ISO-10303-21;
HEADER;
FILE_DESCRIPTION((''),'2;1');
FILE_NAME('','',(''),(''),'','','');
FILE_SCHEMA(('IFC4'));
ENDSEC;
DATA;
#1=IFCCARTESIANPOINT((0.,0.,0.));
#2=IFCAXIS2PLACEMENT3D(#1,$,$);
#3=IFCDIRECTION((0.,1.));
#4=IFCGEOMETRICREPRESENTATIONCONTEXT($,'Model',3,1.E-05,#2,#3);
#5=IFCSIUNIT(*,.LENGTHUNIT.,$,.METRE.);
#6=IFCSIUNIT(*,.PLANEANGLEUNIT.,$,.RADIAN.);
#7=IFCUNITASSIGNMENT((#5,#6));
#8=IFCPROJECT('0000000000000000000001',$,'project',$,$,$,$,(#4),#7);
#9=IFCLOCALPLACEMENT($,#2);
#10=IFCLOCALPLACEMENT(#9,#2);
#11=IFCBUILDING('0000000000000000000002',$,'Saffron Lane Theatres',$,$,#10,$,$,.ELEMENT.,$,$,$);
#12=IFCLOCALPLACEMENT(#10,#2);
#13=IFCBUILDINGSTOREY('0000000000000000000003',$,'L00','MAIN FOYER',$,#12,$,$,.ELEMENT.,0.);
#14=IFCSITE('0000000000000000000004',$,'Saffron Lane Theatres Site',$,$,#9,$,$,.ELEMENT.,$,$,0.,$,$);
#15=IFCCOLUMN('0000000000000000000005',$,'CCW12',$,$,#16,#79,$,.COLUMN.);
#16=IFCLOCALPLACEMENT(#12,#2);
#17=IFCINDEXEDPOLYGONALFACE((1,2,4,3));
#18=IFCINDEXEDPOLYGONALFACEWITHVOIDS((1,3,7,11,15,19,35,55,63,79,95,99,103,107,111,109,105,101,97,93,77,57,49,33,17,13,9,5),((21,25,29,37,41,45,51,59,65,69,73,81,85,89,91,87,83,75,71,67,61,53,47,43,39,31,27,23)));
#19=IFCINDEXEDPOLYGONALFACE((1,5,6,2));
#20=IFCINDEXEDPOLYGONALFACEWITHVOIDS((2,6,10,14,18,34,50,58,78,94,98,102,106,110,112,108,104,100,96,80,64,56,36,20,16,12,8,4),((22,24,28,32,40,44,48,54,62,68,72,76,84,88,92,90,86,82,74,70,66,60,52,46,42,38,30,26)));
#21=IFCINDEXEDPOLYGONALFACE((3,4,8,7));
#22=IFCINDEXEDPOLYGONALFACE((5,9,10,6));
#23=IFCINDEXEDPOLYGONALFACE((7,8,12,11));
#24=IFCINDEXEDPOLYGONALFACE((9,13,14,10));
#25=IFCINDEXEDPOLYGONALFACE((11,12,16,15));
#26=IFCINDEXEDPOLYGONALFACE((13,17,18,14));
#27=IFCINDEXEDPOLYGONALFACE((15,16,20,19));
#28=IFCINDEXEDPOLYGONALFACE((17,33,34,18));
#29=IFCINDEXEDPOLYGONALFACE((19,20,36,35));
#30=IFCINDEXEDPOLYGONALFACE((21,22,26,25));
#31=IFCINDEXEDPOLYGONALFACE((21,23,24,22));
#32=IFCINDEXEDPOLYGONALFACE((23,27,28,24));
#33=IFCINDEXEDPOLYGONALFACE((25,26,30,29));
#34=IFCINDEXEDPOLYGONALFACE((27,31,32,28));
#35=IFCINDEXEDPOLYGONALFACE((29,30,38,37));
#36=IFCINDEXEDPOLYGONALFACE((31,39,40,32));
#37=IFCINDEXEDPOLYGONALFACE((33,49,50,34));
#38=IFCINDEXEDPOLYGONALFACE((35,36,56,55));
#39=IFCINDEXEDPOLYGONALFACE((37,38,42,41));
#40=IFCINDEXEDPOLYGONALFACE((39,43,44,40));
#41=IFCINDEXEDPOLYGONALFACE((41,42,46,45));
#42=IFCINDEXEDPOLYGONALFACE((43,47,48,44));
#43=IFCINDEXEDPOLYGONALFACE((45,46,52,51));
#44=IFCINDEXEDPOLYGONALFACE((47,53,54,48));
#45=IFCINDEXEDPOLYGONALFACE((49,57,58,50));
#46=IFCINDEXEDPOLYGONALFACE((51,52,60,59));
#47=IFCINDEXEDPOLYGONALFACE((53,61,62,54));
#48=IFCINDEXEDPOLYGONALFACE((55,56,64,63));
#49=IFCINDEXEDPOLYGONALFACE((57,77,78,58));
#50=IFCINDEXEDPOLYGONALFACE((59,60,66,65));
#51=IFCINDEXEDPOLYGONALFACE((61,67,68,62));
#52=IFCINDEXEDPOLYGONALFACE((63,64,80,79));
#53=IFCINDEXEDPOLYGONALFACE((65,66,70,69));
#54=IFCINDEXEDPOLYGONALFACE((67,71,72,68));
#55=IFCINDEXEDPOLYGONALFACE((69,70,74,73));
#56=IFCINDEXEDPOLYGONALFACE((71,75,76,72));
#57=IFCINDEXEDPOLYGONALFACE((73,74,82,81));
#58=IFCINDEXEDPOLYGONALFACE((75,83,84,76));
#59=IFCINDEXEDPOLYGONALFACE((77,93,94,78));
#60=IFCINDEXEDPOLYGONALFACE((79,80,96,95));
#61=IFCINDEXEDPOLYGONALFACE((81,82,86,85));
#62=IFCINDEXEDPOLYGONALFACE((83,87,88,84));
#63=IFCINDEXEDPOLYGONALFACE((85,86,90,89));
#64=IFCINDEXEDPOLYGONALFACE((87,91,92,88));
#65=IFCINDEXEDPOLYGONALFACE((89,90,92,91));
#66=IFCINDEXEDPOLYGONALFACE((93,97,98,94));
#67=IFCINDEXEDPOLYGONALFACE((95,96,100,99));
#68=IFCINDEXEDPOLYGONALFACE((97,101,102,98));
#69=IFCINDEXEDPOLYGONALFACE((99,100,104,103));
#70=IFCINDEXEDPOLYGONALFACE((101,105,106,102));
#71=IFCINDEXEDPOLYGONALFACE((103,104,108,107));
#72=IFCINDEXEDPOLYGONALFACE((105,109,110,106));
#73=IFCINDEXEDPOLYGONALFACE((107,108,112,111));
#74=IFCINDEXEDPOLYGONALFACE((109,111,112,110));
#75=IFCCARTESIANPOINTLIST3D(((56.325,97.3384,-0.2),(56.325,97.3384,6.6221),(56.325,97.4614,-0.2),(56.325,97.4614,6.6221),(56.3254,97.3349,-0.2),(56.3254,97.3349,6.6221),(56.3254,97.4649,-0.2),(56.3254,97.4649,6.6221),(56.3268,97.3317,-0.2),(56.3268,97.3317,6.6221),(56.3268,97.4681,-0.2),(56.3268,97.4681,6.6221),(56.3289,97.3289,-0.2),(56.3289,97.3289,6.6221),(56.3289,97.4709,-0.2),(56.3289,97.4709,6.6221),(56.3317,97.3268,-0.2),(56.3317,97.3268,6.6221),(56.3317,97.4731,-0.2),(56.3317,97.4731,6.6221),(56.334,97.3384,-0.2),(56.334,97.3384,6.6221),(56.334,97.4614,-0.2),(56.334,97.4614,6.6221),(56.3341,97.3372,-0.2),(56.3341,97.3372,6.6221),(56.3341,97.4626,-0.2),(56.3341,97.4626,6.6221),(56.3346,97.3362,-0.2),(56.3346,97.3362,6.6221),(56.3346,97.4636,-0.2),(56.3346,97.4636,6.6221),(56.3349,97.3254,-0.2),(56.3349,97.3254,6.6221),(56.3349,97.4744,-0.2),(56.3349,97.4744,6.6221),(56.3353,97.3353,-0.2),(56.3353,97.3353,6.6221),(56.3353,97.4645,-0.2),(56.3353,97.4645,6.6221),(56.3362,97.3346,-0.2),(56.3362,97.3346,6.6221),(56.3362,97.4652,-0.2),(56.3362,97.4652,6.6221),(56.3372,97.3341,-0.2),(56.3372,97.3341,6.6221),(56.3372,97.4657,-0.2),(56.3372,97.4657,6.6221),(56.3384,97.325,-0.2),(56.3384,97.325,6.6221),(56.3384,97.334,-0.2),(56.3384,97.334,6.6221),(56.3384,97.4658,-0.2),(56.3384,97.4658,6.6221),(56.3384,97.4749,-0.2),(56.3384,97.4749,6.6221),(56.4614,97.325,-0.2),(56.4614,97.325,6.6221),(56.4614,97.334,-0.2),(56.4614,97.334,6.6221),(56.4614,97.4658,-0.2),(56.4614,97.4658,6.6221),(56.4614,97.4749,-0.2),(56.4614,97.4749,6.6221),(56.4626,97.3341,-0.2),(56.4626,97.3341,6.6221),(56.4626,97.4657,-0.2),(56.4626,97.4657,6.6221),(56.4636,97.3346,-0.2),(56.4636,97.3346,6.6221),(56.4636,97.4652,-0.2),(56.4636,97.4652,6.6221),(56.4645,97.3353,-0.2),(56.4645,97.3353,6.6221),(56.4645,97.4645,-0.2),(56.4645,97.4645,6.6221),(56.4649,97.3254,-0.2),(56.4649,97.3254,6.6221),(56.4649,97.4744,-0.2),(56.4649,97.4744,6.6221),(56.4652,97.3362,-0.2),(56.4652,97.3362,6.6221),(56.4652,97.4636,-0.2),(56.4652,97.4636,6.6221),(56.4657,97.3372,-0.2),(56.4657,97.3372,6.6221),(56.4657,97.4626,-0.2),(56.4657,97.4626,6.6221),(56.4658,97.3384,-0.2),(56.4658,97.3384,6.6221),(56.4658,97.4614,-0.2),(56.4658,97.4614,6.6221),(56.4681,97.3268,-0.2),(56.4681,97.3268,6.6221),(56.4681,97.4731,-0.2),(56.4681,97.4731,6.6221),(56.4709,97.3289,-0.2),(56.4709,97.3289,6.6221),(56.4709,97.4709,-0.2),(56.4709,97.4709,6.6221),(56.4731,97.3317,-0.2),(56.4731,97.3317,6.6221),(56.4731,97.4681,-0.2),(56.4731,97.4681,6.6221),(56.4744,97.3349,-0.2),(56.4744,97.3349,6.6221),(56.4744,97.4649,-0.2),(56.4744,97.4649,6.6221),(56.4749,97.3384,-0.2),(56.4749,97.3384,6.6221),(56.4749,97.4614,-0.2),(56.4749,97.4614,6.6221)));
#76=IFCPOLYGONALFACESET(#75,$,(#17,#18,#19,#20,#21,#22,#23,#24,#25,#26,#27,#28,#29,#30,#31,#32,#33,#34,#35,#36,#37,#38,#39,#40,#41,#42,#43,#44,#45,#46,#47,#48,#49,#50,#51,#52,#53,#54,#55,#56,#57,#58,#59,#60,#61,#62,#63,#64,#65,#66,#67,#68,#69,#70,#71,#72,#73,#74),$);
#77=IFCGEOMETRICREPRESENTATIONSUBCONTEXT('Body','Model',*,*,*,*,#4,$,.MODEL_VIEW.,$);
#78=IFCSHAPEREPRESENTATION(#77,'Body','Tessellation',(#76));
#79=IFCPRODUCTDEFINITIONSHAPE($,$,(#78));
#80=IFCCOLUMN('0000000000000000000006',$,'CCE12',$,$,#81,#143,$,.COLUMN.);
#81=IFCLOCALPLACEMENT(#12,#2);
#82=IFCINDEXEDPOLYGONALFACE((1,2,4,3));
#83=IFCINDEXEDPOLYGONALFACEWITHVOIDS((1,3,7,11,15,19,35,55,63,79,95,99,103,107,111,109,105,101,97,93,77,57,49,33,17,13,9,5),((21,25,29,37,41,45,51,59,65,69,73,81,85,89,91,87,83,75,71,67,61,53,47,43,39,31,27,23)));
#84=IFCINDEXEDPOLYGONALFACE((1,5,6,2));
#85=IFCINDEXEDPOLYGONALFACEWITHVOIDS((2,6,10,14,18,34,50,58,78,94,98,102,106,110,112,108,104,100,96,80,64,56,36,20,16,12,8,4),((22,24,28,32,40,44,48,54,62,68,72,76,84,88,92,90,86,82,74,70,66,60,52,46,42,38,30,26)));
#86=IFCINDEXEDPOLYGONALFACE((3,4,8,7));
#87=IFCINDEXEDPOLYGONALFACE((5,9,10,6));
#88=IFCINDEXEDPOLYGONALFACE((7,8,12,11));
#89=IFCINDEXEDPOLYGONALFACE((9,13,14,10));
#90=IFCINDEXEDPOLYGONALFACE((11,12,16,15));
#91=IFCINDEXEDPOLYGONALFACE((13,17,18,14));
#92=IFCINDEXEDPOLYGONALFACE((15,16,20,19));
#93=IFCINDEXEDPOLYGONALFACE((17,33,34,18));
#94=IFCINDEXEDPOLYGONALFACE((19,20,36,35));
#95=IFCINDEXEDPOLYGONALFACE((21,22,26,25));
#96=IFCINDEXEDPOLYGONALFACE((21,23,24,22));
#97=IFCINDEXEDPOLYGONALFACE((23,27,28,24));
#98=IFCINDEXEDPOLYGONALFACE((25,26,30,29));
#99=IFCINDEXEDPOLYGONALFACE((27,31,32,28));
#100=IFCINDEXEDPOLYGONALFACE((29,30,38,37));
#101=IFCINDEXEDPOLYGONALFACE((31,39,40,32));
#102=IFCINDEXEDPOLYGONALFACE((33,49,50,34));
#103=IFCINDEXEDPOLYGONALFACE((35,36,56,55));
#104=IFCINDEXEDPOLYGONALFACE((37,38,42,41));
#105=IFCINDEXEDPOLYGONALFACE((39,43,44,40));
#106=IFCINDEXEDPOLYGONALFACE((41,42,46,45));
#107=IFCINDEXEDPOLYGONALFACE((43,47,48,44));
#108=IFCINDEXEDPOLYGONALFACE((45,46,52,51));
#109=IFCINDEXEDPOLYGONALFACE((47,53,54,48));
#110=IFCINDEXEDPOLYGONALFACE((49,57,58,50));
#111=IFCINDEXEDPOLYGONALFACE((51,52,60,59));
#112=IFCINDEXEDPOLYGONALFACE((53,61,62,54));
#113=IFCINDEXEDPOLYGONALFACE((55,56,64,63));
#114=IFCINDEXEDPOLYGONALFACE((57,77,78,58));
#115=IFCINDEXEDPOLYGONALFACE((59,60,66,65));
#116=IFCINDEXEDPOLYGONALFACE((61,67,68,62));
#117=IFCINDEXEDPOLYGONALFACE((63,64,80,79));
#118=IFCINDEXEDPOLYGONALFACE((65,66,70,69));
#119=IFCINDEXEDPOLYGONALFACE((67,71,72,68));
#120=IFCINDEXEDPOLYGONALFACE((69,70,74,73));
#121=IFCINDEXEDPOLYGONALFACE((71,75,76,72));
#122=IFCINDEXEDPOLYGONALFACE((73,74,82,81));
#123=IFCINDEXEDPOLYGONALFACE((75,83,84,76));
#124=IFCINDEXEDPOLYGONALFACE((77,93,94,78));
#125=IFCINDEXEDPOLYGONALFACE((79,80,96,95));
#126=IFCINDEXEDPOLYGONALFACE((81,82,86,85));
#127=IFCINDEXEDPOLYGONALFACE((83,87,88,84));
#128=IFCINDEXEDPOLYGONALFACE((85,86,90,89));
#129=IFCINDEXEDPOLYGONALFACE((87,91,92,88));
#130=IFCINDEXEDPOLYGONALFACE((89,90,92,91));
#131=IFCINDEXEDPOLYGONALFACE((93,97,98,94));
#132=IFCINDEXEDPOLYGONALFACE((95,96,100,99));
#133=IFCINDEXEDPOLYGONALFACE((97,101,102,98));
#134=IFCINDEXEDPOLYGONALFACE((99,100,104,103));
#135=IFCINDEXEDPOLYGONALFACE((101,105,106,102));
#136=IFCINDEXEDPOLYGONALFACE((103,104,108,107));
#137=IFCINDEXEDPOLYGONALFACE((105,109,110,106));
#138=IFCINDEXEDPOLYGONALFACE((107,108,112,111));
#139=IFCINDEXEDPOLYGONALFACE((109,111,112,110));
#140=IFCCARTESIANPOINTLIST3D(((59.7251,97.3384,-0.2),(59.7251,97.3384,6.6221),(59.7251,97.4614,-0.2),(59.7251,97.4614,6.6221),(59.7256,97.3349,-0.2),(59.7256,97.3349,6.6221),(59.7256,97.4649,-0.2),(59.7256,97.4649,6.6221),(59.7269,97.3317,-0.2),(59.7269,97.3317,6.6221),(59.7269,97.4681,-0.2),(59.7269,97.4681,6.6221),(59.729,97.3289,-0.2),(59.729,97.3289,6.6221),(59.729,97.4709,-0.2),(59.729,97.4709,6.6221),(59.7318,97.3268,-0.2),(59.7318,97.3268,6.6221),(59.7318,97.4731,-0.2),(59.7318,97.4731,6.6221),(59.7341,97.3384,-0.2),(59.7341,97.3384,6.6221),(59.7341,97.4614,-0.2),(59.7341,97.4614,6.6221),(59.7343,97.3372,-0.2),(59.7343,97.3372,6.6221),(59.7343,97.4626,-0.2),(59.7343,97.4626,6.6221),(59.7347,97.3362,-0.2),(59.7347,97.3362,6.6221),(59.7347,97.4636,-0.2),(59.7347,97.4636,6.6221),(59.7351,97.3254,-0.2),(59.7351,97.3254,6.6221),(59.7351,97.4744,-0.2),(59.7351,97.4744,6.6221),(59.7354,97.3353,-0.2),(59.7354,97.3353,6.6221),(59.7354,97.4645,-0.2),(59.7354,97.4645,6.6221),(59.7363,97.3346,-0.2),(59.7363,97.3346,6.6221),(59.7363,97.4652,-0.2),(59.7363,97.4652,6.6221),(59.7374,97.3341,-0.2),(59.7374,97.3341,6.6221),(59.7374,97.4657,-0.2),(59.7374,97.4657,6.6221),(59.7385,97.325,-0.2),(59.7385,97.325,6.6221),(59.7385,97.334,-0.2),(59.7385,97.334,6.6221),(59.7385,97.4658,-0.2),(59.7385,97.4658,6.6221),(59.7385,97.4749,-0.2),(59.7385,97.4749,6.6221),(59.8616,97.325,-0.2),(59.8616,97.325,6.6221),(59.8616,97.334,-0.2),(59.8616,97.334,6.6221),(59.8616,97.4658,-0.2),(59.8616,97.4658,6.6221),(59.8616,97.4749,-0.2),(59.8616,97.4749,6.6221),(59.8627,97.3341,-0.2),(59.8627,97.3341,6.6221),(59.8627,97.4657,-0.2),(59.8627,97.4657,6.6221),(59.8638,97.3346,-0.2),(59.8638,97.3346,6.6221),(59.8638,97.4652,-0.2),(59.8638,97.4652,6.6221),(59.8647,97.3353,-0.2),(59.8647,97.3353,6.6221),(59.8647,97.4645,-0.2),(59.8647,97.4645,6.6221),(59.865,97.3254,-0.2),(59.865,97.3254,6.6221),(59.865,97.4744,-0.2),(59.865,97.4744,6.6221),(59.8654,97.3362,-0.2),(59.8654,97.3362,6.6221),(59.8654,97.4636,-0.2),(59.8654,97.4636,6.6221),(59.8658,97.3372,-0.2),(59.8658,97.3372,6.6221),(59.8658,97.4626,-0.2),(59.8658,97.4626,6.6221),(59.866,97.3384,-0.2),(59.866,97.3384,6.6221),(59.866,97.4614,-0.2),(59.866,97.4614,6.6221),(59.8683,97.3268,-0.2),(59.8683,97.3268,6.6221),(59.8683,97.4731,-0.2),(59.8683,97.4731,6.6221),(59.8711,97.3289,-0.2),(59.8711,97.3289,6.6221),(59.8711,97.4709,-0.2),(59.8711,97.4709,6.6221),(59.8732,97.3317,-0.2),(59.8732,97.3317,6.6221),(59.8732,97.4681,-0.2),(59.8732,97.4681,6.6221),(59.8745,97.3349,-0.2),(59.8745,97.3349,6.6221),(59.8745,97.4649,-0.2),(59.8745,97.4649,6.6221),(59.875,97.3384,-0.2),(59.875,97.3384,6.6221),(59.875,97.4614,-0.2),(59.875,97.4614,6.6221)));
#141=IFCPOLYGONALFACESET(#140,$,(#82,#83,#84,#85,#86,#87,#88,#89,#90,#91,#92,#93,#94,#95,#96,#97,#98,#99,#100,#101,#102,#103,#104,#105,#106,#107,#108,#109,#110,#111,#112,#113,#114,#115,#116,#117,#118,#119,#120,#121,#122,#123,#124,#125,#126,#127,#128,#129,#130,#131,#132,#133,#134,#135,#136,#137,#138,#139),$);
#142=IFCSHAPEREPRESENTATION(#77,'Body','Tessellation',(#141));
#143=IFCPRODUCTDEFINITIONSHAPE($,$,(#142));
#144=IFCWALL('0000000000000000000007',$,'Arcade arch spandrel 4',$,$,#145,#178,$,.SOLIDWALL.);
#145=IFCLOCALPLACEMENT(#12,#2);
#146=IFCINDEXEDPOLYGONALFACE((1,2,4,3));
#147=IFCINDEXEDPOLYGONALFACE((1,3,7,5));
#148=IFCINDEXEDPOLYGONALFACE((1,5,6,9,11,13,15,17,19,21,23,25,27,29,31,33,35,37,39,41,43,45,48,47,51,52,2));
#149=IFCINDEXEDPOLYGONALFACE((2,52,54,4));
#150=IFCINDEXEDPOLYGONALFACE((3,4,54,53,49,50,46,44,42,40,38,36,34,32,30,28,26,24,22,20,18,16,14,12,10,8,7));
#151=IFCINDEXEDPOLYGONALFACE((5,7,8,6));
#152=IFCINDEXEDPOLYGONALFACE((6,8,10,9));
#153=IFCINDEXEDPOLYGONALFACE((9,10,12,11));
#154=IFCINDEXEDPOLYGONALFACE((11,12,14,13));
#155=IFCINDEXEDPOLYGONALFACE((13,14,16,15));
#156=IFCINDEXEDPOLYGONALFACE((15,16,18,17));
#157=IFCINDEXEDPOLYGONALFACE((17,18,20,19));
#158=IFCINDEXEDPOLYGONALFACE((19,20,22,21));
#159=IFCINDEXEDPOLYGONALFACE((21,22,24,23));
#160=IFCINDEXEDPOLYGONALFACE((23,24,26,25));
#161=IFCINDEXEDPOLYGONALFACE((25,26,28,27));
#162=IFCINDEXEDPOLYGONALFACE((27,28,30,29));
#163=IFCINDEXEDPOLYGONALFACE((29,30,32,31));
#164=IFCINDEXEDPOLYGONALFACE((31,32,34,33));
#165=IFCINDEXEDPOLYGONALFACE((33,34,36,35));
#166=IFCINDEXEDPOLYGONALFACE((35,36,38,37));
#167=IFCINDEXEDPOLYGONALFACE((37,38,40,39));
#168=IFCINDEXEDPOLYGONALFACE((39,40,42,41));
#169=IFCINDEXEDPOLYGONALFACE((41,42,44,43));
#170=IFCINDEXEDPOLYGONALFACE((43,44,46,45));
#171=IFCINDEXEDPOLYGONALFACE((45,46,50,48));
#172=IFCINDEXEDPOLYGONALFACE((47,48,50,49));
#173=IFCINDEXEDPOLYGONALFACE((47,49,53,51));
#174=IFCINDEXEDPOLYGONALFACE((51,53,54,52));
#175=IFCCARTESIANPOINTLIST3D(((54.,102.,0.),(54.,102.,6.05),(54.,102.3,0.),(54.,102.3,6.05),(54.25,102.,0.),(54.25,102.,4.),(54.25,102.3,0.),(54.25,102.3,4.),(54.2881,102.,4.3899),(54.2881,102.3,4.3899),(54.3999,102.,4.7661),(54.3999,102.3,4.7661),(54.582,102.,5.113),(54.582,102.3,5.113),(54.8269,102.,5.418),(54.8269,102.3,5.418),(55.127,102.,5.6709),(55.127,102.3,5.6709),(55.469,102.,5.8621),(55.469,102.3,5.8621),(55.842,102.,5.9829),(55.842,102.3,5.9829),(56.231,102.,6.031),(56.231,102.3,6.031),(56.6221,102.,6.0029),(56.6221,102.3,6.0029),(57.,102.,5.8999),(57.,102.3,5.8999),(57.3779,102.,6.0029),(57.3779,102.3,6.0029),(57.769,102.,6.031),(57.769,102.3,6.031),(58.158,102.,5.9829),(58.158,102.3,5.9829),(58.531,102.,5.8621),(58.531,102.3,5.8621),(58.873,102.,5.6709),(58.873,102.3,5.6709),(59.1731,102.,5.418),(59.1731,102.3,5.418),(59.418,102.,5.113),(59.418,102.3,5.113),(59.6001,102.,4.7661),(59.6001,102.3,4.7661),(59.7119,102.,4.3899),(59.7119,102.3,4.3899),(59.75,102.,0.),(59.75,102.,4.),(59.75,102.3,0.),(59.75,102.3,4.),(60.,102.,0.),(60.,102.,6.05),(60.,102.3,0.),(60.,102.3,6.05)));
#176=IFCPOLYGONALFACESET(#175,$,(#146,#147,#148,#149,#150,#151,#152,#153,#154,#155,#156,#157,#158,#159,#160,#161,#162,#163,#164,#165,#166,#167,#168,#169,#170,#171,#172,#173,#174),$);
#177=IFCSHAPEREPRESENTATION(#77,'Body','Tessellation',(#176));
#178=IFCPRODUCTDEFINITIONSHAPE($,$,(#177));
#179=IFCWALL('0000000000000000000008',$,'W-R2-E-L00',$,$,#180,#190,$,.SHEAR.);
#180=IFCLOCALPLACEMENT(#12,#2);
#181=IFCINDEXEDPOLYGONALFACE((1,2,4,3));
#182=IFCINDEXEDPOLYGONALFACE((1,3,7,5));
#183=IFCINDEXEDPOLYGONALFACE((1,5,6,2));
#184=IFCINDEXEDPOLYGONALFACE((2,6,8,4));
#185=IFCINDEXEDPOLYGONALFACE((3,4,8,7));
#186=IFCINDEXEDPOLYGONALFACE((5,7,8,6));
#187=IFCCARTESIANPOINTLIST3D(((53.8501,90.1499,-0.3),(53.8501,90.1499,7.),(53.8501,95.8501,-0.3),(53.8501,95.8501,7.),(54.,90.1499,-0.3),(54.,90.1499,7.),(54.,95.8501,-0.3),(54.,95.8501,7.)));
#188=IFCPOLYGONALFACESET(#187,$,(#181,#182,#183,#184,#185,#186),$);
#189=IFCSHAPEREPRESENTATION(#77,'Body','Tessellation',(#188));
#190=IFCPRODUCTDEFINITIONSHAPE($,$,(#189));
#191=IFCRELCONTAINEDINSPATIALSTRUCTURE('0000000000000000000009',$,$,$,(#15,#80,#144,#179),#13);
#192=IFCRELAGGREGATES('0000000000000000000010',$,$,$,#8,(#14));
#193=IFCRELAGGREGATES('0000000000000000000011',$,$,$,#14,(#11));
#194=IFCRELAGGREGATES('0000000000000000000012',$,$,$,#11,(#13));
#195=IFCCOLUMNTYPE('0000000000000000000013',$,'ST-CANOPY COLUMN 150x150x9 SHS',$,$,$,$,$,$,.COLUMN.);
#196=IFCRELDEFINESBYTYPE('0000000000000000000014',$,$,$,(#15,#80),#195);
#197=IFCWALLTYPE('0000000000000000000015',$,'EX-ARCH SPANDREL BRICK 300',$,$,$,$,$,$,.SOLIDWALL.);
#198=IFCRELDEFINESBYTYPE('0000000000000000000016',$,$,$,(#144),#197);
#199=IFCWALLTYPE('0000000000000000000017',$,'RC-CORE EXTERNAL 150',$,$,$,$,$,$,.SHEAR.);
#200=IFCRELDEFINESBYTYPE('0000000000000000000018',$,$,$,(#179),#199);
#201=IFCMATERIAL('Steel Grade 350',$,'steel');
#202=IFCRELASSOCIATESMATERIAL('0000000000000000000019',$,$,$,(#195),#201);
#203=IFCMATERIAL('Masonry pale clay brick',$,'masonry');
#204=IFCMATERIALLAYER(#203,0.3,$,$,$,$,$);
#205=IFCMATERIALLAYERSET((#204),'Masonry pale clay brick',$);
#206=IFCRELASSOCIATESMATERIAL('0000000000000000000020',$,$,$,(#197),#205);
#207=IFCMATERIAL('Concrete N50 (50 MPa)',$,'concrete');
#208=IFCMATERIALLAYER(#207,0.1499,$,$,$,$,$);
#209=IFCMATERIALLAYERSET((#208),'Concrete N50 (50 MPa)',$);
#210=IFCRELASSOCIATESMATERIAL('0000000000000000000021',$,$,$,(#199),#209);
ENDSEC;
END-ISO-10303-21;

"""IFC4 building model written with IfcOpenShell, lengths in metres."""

from ifc_helpers import new_model, si_unit, direction, frame, frame_2d, origin, origin_2d, place, context, subcontext, project, spatial, polyline, rectangle, hollow_rectangle, outline, extrude, material, layer, layer_set, material_profile, profile_set, type_object, element, save


model = new_model("IFC4")

# Units and contexts
model_context = context("Model", 3, precision=1e-05, world=origin(), true_north=direction((0.0, 1.0)))
body_context = subcontext(model_context, "Body", "Model", "MODEL_VIEW")
ifc_project = project(units=[si_unit("LENGTHUNIT", "METRE"), si_unit("PLANEANGLEUNIT", "RADIAN")], contexts=[model_context])

# Site, building, storey
site_placement = place(None, origin())
site = spatial("IfcSite", under=ifc_project, at=site_placement, Name="Saffron Lane Theatres Site", CompositionType="ELEMENT", RefElevation=0.0)
building_placement = place(site_placement, origin())
building = spatial("IfcBuilding", under=site, at=building_placement, Name="Saffron Lane Theatres", CompositionType="ELEMENT")
storey_placement = place(building_placement, origin())
storey = spatial("IfcBuildingStorey", under=building, at=storey_placement, Name="L00", Description="MAIN FOYER", CompositionType="ELEMENT", Elevation=0.0)

# Columns
ifc_material_1 = material(Name="Steel Grade 350", Category="steel")
ifc_material_profile = material_profile(ifc_material_1, hollow_rectangle(XDim=0.1499, YDim=0.1499, WallThickness=0.009, InnerFilletRadius=0.0044, OuterFilletRadius=0.0134, at=origin_2d()))
ifc_profile_set = profile_set([ifc_material_profile], Name="Steel Grade 350")
column_type = type_object("IfcColumnType", Name="ST-CANOPY COLUMN 150x150x9 SHS", PredefinedType="COLUMN", material=ifc_profile_set)
for number, where, z_axis, x_axis, name in (
    (1, (56.3999, 97.3999, -0.2), (0.0, 0.0, 1.0), (1.0, 0.0, 0.0), "CCW12"),
    (2, (59.8, 97.3999, -0.2), (0.0, 0.0, 1.0), (1.0, 0.0, 0.0), "CCE12"),
):
    element("IfcColumn", number, at=place(storey_placement, frame(where, z_axis=z_axis, x_axis=x_axis)), inside=storey, type_object=column_type, Name=name, PredefinedType="COLUMN", context=body_context, shape_type="SweptSolid", body=[
        extrude(hollow_rectangle(XDim=0.1499, YDim=0.1499, WallThickness=0.009, InnerFilletRadius=0.0044, OuterFilletRadius=0.0134, at=origin_2d()), origin(), (0.0, 0.0, 1.0), 6.822),
    ])

# Walls
ifc_material_2 = material(Name="Masonry pale clay brick", Category="masonry")
ifc_layer_1 = layer(ifc_material_2, 0.3)
ifc_layer_set_1 = layer_set([ifc_layer_1], Name="Masonry pale clay brick")
wall_type_1 = type_object("IfcWallType", Name="EX-ARCH SPANDREL BRICK 300", PredefinedType="SOLIDWALL", material=ifc_layer_set_1)
wall_1_placement = place(storey_placement, frame((54.0, 102.0, 6.05), z_axis=(0.0, -1.0, 0.0), x_axis=(0.0, 0.0, -1.0)))
element("IfcWall", 3, at=wall_1_placement, inside=storey, type_object=wall_type_1, Name="Arcade arch spandrel 4", PredefinedType="SOLIDWALL", context=body_context, shape_type="SweptSolid", body=[
    extrude(outline(polyline([(0.0, 0.0), (6.05, 0.0), (6.05, 0.25), (2.05, 0.25), (1.6602, 0.2881), (1.2839, 0.3999), (0.937, 0.582), (0.6321, 0.8269), (0.3792, 1.127), (0.188, 1.469), (0.0671, 1.842), (0.019, 2.231), (0.0471, 2.6221), (0.1501, 3.0), (0.0471, 3.3779), (0.019, 3.769), (0.0671, 4.158), (0.188, 4.531), (0.3792, 4.873), (0.6321, 5.1731), (0.937, 5.418), (1.2839, 5.6001), (1.6602, 5.7119), (2.05, 5.75), (6.05, 5.75), (6.05, 6.0), (0.0, 6.0), (0.0, 0.0)])), origin(), (0.0, 0.0, -1.0), 0.3),
])
ifc_material_3 = material(Name="Concrete N50 (50 MPa)", Category="concrete")
ifc_layer_2 = layer(ifc_material_3, 0.1499)
ifc_layer_set_2 = layer_set([ifc_layer_2], Name="Concrete N50 (50 MPa)")
wall_type_2 = type_object("IfcWallType", Name="RC-CORE EXTERNAL 150", PredefinedType="SHEAR", material=ifc_layer_set_2)
wall_2_placement = place(storey_placement, frame((53.925, 90.1499, -0.3), z_axis=(0.0, 0.0, 1.0), x_axis=(0.0, 1.0, 0.0)))
element("IfcWall", 4, at=wall_2_placement, inside=storey, type_object=wall_type_2, Name="W-R2-E-L00", PredefinedType="SHEAR", context=body_context, shape_type="SweptSolid", body=[
    extrude(rectangle(XDim=5.7002, YDim=0.1499, at=frame_2d((2.8501, 0.0))), origin(), (0.0, 0.0, 1.0), 7.3),
])

save(model, "model.ifc")
